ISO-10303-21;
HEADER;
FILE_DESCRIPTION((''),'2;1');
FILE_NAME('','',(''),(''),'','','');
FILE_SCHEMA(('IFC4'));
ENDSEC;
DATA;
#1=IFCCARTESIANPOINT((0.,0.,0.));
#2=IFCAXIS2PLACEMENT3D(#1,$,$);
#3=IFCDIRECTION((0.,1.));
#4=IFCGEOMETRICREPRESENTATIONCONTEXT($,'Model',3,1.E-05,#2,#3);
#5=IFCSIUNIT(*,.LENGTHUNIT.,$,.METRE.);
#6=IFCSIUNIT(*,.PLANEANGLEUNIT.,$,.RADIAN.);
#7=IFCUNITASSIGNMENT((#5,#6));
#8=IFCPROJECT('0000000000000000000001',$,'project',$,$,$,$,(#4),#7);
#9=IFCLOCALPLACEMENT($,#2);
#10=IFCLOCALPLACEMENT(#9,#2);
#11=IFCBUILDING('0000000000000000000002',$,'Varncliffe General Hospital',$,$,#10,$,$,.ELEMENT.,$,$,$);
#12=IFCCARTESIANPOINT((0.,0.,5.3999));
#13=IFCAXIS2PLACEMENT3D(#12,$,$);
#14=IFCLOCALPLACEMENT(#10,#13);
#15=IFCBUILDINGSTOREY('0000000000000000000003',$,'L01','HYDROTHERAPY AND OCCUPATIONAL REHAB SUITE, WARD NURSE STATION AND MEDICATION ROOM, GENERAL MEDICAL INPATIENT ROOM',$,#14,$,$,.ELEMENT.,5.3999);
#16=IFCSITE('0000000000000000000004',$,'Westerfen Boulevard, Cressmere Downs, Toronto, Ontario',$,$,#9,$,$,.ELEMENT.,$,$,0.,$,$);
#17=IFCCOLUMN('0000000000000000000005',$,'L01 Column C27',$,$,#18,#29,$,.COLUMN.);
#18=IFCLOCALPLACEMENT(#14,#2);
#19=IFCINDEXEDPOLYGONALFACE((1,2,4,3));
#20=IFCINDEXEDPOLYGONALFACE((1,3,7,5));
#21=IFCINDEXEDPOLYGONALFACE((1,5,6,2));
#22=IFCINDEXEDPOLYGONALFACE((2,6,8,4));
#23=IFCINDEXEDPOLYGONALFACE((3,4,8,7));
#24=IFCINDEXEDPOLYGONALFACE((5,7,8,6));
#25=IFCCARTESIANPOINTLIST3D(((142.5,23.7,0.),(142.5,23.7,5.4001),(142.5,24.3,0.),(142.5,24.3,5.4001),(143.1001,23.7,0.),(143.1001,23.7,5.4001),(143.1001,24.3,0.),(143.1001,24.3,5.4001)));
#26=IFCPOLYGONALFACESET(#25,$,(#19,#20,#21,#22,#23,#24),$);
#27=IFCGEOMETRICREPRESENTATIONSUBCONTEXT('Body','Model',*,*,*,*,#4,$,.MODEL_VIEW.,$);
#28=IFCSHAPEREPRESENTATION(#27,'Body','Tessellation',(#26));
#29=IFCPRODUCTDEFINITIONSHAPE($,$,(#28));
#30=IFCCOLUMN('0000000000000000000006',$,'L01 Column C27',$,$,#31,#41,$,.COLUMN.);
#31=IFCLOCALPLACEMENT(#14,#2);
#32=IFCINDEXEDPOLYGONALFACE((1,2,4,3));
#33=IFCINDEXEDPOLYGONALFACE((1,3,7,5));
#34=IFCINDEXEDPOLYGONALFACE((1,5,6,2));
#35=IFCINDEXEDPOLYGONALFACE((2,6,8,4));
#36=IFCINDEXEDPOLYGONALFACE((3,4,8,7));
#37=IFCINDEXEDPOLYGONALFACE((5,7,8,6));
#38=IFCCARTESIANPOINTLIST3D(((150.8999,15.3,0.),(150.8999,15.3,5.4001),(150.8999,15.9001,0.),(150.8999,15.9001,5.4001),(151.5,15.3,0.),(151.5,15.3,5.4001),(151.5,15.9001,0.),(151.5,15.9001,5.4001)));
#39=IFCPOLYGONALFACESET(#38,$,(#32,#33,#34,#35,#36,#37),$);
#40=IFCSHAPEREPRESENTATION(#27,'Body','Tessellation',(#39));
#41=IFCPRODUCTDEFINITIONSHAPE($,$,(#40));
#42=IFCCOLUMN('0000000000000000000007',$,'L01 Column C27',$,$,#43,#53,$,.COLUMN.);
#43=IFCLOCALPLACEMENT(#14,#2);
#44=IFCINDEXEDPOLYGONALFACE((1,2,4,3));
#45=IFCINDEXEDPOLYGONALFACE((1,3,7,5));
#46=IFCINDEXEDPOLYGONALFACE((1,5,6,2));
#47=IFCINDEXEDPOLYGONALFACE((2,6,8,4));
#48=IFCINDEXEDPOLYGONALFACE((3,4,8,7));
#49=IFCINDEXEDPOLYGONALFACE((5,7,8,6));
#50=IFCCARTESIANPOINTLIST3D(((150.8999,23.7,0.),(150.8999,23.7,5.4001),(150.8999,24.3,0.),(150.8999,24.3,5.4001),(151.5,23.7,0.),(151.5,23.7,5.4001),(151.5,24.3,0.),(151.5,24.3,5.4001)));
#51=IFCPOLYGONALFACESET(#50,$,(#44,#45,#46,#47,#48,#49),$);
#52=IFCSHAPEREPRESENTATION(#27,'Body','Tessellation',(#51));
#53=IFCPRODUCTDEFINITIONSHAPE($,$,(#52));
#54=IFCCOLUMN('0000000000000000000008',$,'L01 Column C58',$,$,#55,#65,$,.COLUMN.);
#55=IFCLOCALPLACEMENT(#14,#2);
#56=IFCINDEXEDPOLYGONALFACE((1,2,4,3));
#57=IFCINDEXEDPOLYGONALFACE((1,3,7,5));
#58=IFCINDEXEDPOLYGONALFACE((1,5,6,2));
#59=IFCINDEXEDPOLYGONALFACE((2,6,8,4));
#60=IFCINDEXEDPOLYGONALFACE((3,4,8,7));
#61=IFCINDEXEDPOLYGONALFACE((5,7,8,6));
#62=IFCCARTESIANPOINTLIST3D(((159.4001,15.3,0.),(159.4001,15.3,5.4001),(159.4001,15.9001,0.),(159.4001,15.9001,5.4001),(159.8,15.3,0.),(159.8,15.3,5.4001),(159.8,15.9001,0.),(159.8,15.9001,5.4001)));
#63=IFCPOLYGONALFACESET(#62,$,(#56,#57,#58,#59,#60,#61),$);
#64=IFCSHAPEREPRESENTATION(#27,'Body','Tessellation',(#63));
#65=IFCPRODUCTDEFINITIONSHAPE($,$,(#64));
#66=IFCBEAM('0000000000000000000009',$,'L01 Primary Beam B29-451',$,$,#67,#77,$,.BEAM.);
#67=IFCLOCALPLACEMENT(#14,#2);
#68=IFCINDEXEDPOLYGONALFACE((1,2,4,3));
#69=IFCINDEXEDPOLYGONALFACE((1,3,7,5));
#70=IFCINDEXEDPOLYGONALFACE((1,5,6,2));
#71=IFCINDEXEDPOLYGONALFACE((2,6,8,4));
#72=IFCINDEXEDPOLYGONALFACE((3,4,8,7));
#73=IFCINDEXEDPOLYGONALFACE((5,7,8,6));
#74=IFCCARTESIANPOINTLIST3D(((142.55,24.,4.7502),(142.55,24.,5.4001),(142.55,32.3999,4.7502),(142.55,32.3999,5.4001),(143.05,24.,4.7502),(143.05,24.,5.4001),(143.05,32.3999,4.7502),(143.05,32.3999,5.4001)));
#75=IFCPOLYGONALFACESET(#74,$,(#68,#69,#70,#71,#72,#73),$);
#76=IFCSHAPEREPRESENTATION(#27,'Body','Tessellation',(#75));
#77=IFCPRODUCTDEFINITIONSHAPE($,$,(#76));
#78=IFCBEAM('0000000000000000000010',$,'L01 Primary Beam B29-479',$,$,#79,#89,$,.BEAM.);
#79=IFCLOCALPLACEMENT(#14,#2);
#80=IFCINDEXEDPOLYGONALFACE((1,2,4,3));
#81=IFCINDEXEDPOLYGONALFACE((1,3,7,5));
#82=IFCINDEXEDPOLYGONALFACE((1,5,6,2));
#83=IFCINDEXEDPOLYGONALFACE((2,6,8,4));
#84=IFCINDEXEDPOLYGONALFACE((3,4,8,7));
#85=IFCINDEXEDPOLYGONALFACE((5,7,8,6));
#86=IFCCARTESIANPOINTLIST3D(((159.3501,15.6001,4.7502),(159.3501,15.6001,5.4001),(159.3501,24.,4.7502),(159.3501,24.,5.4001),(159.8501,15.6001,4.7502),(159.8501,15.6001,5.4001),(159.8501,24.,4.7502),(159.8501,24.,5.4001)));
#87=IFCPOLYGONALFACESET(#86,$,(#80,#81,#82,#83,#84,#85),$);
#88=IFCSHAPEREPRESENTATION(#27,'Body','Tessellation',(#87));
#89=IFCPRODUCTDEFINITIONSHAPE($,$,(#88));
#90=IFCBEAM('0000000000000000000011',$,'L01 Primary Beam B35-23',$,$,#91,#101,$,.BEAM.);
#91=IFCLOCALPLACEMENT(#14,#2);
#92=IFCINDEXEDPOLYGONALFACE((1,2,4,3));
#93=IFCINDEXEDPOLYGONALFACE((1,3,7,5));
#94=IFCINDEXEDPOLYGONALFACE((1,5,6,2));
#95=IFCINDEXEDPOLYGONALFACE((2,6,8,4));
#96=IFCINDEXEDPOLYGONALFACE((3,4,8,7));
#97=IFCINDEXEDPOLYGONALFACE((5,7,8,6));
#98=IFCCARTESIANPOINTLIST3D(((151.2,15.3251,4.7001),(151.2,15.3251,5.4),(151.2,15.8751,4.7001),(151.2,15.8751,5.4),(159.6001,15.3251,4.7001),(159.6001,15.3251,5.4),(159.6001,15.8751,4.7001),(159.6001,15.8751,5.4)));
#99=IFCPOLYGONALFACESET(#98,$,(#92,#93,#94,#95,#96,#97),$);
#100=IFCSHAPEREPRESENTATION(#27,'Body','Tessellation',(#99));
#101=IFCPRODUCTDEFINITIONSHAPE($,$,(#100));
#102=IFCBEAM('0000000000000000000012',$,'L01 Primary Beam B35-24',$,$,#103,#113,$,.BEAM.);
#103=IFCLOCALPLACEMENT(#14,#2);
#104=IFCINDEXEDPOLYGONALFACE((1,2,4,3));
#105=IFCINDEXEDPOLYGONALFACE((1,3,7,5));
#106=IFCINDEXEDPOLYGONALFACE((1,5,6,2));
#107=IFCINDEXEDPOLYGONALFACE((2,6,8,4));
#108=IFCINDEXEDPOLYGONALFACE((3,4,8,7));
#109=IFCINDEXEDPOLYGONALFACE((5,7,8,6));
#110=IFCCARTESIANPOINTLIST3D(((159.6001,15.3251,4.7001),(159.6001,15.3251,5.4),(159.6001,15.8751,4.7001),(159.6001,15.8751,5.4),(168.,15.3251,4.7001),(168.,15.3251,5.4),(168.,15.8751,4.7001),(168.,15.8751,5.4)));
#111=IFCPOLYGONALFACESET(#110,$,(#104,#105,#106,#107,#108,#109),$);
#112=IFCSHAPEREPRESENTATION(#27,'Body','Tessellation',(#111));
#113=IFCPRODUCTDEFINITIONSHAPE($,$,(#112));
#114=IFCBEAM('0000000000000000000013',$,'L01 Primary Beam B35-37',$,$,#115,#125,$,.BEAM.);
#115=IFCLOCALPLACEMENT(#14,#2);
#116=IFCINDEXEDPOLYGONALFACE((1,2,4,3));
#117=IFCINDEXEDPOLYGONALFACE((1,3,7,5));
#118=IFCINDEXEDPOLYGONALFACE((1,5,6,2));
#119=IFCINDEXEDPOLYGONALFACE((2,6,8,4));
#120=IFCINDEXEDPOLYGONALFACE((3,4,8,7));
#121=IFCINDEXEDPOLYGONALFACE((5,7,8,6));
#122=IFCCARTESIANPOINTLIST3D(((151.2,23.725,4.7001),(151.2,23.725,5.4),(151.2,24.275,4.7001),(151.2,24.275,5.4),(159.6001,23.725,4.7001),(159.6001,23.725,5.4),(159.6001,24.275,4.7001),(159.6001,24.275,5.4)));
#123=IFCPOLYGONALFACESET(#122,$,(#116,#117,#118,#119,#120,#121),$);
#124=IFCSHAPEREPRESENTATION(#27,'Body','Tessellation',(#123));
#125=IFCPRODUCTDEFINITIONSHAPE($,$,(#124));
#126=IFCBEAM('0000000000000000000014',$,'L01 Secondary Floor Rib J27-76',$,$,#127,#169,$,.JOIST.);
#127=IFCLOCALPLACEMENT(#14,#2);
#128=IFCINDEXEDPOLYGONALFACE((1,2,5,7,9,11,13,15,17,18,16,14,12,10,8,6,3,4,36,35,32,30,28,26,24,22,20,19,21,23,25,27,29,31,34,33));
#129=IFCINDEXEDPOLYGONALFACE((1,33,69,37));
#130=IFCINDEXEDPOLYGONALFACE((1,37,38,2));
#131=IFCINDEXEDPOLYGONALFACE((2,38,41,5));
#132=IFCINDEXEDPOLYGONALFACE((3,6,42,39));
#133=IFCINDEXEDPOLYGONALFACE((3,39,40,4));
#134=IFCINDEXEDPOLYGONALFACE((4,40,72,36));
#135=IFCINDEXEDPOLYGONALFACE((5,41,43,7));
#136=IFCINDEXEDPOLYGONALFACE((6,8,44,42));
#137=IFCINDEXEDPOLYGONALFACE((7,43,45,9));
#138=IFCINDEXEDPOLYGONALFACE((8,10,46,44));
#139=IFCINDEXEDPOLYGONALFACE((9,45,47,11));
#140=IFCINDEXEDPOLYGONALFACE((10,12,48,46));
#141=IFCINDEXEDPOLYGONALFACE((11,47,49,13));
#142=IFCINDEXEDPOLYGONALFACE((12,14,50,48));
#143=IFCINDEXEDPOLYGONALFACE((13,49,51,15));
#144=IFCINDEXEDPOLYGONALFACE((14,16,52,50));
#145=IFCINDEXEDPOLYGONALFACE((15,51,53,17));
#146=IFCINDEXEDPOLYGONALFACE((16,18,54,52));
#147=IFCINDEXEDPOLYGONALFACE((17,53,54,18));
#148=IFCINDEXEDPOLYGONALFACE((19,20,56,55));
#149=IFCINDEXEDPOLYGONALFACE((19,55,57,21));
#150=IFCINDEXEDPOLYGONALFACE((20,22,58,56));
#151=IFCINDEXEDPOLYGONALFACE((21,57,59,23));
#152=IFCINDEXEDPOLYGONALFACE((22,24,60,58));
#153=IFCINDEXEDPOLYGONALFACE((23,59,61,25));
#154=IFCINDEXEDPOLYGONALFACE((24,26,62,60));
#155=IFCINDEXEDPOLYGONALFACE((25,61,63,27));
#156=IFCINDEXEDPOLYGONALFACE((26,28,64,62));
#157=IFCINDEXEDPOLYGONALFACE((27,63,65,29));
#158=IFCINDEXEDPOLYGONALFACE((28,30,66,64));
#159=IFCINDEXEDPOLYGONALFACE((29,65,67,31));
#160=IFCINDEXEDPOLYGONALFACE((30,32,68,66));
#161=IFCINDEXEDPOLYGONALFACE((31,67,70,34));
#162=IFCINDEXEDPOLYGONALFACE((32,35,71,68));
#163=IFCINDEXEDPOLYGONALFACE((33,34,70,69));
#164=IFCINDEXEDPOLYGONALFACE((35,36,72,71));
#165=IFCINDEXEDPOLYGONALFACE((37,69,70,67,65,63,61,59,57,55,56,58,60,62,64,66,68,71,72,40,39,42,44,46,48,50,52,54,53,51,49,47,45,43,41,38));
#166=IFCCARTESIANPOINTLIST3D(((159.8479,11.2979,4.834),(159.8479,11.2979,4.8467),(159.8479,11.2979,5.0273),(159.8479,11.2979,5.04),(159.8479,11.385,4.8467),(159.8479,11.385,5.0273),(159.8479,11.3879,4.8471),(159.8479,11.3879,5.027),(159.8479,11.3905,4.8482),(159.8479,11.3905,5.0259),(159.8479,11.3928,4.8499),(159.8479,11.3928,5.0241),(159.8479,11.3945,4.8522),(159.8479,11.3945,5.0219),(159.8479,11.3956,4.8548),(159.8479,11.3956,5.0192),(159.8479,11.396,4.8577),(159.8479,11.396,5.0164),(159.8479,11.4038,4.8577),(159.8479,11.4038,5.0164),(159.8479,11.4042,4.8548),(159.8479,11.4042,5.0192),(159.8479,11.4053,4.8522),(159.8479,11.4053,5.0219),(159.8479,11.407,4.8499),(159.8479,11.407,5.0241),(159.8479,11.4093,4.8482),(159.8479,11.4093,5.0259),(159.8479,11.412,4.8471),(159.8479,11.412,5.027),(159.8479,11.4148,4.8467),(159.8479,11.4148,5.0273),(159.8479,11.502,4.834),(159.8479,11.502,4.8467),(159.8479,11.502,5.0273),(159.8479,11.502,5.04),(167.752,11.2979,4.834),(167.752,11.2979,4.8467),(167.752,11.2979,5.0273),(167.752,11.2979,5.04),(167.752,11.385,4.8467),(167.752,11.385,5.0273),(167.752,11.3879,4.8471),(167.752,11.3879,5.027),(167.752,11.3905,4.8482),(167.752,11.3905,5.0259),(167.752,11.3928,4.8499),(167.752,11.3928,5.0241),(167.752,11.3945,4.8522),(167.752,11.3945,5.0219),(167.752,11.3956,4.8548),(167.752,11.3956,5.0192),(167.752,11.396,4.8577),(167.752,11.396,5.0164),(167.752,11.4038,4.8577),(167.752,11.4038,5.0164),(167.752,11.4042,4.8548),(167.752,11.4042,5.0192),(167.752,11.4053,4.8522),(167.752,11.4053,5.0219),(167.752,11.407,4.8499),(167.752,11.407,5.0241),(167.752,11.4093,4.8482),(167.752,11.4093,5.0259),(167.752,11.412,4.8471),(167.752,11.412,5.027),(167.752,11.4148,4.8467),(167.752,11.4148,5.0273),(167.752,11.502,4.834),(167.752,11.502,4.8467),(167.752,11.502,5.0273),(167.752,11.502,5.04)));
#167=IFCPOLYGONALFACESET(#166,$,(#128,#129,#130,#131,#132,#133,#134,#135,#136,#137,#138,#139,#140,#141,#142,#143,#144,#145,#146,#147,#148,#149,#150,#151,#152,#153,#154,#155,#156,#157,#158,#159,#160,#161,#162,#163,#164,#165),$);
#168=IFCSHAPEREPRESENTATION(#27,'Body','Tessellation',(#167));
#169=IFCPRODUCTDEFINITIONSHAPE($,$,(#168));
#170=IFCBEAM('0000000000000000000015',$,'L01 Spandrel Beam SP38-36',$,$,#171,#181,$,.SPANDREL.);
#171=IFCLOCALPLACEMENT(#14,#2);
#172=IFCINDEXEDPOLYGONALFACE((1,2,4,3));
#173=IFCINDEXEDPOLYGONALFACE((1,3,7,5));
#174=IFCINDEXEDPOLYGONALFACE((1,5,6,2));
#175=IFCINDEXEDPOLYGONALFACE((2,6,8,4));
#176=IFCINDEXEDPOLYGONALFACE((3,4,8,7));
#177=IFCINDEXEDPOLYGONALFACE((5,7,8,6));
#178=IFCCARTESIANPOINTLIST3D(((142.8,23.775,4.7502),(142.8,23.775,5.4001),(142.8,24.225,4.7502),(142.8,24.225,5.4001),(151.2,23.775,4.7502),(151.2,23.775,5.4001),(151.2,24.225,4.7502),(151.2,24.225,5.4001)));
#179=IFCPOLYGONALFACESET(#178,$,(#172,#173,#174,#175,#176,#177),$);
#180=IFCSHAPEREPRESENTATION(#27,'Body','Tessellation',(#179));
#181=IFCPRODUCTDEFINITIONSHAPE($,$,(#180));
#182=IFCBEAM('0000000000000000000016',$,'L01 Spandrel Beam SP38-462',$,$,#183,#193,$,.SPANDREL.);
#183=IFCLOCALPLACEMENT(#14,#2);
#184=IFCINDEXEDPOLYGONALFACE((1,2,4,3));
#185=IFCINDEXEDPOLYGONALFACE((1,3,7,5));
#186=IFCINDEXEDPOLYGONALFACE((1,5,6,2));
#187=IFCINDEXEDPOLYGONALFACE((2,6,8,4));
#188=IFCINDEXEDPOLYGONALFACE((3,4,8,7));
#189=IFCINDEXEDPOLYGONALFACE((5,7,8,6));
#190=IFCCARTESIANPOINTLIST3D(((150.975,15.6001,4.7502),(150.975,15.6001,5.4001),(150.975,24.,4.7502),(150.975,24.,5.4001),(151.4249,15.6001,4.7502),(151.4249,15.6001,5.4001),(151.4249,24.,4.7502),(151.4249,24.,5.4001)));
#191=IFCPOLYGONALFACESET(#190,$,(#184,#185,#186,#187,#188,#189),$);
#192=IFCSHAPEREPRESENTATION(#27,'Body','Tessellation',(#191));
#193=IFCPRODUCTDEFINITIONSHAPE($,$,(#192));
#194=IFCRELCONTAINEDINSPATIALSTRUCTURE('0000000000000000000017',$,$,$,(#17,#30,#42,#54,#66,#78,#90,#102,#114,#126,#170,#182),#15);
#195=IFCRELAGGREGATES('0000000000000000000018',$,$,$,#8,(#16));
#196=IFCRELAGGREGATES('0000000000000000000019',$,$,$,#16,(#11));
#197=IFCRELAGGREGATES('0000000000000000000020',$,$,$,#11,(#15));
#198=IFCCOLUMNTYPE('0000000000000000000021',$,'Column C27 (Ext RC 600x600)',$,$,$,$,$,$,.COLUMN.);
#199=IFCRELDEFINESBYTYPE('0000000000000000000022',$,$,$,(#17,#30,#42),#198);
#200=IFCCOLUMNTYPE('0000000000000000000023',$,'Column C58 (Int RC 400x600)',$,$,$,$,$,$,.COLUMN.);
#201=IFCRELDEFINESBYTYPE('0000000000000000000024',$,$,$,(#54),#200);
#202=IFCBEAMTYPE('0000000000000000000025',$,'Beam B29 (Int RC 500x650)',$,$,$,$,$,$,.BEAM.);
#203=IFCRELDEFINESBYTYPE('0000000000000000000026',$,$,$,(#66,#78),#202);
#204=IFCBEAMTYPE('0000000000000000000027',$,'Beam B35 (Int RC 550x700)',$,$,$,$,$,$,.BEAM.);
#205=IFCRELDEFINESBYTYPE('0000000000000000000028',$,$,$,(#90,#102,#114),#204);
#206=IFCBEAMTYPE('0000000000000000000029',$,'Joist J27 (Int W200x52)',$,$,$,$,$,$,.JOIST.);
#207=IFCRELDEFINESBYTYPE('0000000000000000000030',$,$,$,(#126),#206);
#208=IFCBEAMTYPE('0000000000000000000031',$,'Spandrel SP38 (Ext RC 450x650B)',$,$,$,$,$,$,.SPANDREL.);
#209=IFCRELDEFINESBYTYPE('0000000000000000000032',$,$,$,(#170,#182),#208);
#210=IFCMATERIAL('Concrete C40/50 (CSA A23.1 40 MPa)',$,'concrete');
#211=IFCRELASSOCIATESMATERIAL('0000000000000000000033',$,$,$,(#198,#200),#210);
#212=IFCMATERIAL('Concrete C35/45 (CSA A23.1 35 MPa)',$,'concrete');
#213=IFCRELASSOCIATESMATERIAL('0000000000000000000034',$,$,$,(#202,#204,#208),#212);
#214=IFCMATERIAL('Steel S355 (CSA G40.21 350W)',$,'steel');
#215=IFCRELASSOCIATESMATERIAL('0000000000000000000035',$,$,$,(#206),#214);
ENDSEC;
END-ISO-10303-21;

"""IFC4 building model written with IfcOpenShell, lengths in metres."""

from ifc_helpers import new_model, si_unit, direction, frame, origin, origin_2d, place, context, subcontext, project, spatial, rectangle, i_section, extrude, material, material_profile, profile_set, type_object, element, save


model = new_model("IFC4")

# Units and contexts
model_context = context("Model", 3, precision=1e-05, world=origin(), true_north=direction((0.0, 1.0)))
body_context = subcontext(model_context, "Body", "Model", "MODEL_VIEW")
ifc_project = project(units=[si_unit("LENGTHUNIT", "METRE"), si_unit("PLANEANGLEUNIT", "RADIAN")], contexts=[model_context])

# Site, building, storey
site_placement = place(None, origin())
site = spatial("IfcSite", under=ifc_project, at=site_placement, Name="Westerfen Boulevard, Cressmere Downs, Toronto, Ontario", CompositionType="ELEMENT", RefElevation=0.0)
building_placement = place(site_placement, origin())
building = spatial("IfcBuilding", under=site, at=building_placement, Name="Varncliffe General Hospital", CompositionType="ELEMENT")
storey_placement = place(building_placement, frame((0.0, 0.0, 5.3999)))
storey = spatial("IfcBuildingStorey", under=building, at=storey_placement, Name="L01", Description="HYDROTHERAPY AND OCCUPATIONAL REHAB SUITE, WARD NURSE STATION AND MEDICATION ROOM, GENERAL MEDICAL INPATIENT ROOM", CompositionType="ELEMENT", Elevation=5.3999)

# Columns
ifc_material_1 = material(Name="Concrete C40/50 (CSA A23.1 40 MPa)", Category="concrete")
ifc_material_profile_1 = material_profile(ifc_material_1, rectangle(XDim=0.6001, YDim=0.6001, at=origin_2d()), Name="RC 600x600")
ifc_profile_set_1 = profile_set([ifc_material_profile_1], Name="Concrete C40/50 (CSA A23.1 40 MPa)")
column_type_1 = type_object("IfcColumnType", Name="Column C27 (Ext RC 600x600)", PredefinedType="COLUMN", material=ifc_profile_set_1)
for number, where, z_axis, x_axis, name in (
    (1, (142.8, 24.0, 0.0), (0.0, 0.0, 1.0), (1.0, 0.0, 0.0), "L01 Column C27"),
    (2, (151.2, 15.6001, 0.0), (0.0, 0.0, 1.0), (1.0, 0.0, 0.0), "L01 Column C27"),
    (3, (151.2, 24.0, 0.0), (0.0, 0.0, 1.0), (1.0, 0.0, 0.0), "L01 Column C27"),
):
    element("IfcColumn", number, at=place(storey_placement, frame(where, z_axis=z_axis, x_axis=x_axis)), inside=storey, type_object=column_type_1, Name=name, PredefinedType="COLUMN", context=body_context, shape_type="SweptSolid", body=[
        extrude(rectangle(XDim=0.6001, YDim=0.6001, at=origin_2d()), origin(), (0.0, 0.0, 1.0), 5.4001),
    ])
ifc_material_profile_2 = material_profile(ifc_material_1, rectangle(XDim=0.3999, YDim=0.6001, at=origin_2d()), Name="RC 400x600")
ifc_profile_set_2 = profile_set([ifc_material_profile_2], Name="Concrete C40/50 (CSA A23.1 40 MPa)")
column_type_2 = type_object("IfcColumnType", Name="Column C58 (Int RC 400x600)", PredefinedType="COLUMN", material=ifc_profile_set_2)
column_placement = place(storey_placement, frame((159.6001, 15.6001, 0.0), z_axis=(0.0, 0.0, 1.0), x_axis=(1.0, 0.0, 0.0)))
element("IfcColumn", 4, at=column_placement, inside=storey, type_object=column_type_2, Name="L01 Column C58", PredefinedType="COLUMN", context=body_context, shape_type="SweptSolid", body=[
    extrude(rectangle(XDim=0.3999, YDim=0.6001, at=origin_2d()), origin(), (0.0, 0.0, 1.0), 5.4001),
])

# Beams
ifc_material_2 = material(Name="Concrete C35/45 (CSA A23.1 35 MPa)", Category="concrete")
ifc_material_profile_3 = material_profile(ifc_material_2, rectangle(XDim=0.5, YDim=0.6499, at=origin_2d()), Name="RC 500x650")
ifc_profile_set_3 = profile_set([ifc_material_profile_3], Name="Concrete C35/45 (CSA A23.1 35 MPa)")
beam_type_1 = type_object("IfcBeamType", Name="Beam B29 (Int RC 500x650)", PredefinedType="BEAM", material=ifc_profile_set_3)
for number, where, z_axis, x_axis, name in (
    (5, (142.8, 24.0, 5.0752), (0.0, 1.0, 0.0), (-1.0, 0.0, 0.0), "L01 Primary Beam B29-451"),
    (6, (159.6001, 15.6001, 5.0752), (0.0, 1.0, 0.0), (-1.0, 0.0, 0.0), "L01 Primary Beam B29-479"),
):
    element("IfcBeam", number, at=place(storey_placement, frame(where, z_axis=z_axis, x_axis=x_axis)), inside=storey, type_object=beam_type_1, Name=name, PredefinedType="BEAM", context=body_context, shape_type="SweptSolid", body=[
        extrude(rectangle(XDim=0.5, YDim=0.6499, at=origin_2d()), origin(), (0.0, 0.0, 1.0), 8.3999),
    ])
ifc_material_profile_4 = material_profile(ifc_material_2, rectangle(XDim=0.55, YDim=0.7, at=origin_2d()), Name="RC 550x700")
ifc_profile_set_4 = profile_set([ifc_material_profile_4], Name="Concrete C35/45 (CSA A23.1 35 MPa)")
beam_type_2 = type_object("IfcBeamType", Name="Beam B35 (Int RC 550x700)", PredefinedType="BEAM", material=ifc_profile_set_4)
beam_1_placement = place(storey_placement, frame((151.2, 15.6001, 5.05), z_axis=(1.0, 0.0, 0.0), x_axis=(0.0, 1.0, 0.0)))
element("IfcBeam", 7, at=beam_1_placement, inside=storey, type_object=beam_type_2, Name="L01 Primary Beam B35-23", PredefinedType="BEAM", context=body_context, shape_type="SweptSolid", body=[
    extrude(rectangle(XDim=0.55, YDim=0.7, at=origin_2d()), origin(), (0.0, 0.0, 1.0), 8.4001),
])
beam_2_placement = place(storey_placement, frame((159.6001, 15.6001, 5.05), z_axis=(1.0, 0.0, 0.0), x_axis=(0.0, 1.0, 0.0)))
element("IfcBeam", 8, at=beam_2_placement, inside=storey, type_object=beam_type_2, Name="L01 Primary Beam B35-24", PredefinedType="BEAM", context=body_context, shape_type="SweptSolid", body=[
    extrude(rectangle(XDim=0.55, YDim=0.7, at=origin_2d()), origin(), (0.0, 0.0, 1.0), 8.3999),
])
beam_3_placement = place(storey_placement, frame((151.2, 24.0, 5.05), z_axis=(1.0, 0.0, 0.0), x_axis=(0.0, 1.0, 0.0)))
element("IfcBeam", 9, at=beam_3_placement, inside=storey, type_object=beam_type_2, Name="L01 Primary Beam B35-37", PredefinedType="BEAM", context=body_context, shape_type="SweptSolid", body=[
    extrude(rectangle(XDim=0.55, YDim=0.7, at=origin_2d()), origin(), (0.0, 0.0, 1.0), 8.4001),
])
ifc_material_3 = material(Name="Steel S355 (CSA G40.21 350W)", Category="steel")
ifc_material_profile_5 = material_profile(ifc_material_3, i_section(OverallWidth=0.2041, OverallDepth=0.2061, WebThickness=0.0078, FlangeThickness=0.0127, FilletRadius=0.011, at=origin_2d()), Name="W200x52")
ifc_profile_set_5 = profile_set([ifc_material_profile_5], Name="Steel S355 (CSA G40.21 350W)")
beam_type_3 = type_object("IfcBeamType", Name="Joist J27 (Int W200x52)", PredefinedType="JOIST", material=ifc_profile_set_5)
beam_4_placement = place(storey_placement, frame((159.8479, 11.3999, 4.937), z_axis=(1.0, 0.0, 0.0), x_axis=(0.0, 1.0, 0.0)))
element("IfcBeam", 10, at=beam_4_placement, inside=storey, type_object=beam_type_3, Name="L01 Secondary Floor Rib J27-76", PredefinedType="JOIST", context=body_context, shape_type="SweptSolid", body=[
    extrude(i_section(OverallWidth=0.2041, OverallDepth=0.2061, WebThickness=0.0078, FlangeThickness=0.0127, FilletRadius=0.011, at=origin_2d()), origin(), (0.0, 0.0, 1.0), 7.9041),
])
ifc_material_profile_6 = material_profile(ifc_material_2, rectangle(XDim=0.45, YDim=0.6499, at=origin_2d()), Name="RC 450x650")
ifc_profile_set_6 = profile_set([ifc_material_profile_6], Name="Concrete C35/45 (CSA A23.1 35 MPa)")
beam_type_4 = type_object("IfcBeamType", Name="Spandrel SP38 (Ext RC 450x650B)", PredefinedType="SPANDREL", material=ifc_profile_set_6)
for number, where, z_axis, x_axis, name in (
    (11, (142.8, 24.0, 5.0752), (1.0, 0.0, 0.0), (0.0, 1.0, 0.0), "L01 Spandrel Beam SP38-36"),
    (12, (151.2, 15.6001, 5.0752), (0.0, 1.0, 0.0), (-1.0, 0.0, 0.0), "L01 Spandrel Beam SP38-462"),
):
    element("IfcBeam", number, at=place(storey_placement, frame(where, z_axis=z_axis, x_axis=x_axis)), inside=storey, type_object=beam_type_4, Name=name, PredefinedType="SPANDREL", context=body_context, shape_type="SweptSolid", body=[
        extrude(rectangle(XDim=0.45, YDim=0.6499, at=origin_2d()), origin(), (0.0, 0.0, 1.0), 8.3999),
    ])

save(model, "model.ifc")
